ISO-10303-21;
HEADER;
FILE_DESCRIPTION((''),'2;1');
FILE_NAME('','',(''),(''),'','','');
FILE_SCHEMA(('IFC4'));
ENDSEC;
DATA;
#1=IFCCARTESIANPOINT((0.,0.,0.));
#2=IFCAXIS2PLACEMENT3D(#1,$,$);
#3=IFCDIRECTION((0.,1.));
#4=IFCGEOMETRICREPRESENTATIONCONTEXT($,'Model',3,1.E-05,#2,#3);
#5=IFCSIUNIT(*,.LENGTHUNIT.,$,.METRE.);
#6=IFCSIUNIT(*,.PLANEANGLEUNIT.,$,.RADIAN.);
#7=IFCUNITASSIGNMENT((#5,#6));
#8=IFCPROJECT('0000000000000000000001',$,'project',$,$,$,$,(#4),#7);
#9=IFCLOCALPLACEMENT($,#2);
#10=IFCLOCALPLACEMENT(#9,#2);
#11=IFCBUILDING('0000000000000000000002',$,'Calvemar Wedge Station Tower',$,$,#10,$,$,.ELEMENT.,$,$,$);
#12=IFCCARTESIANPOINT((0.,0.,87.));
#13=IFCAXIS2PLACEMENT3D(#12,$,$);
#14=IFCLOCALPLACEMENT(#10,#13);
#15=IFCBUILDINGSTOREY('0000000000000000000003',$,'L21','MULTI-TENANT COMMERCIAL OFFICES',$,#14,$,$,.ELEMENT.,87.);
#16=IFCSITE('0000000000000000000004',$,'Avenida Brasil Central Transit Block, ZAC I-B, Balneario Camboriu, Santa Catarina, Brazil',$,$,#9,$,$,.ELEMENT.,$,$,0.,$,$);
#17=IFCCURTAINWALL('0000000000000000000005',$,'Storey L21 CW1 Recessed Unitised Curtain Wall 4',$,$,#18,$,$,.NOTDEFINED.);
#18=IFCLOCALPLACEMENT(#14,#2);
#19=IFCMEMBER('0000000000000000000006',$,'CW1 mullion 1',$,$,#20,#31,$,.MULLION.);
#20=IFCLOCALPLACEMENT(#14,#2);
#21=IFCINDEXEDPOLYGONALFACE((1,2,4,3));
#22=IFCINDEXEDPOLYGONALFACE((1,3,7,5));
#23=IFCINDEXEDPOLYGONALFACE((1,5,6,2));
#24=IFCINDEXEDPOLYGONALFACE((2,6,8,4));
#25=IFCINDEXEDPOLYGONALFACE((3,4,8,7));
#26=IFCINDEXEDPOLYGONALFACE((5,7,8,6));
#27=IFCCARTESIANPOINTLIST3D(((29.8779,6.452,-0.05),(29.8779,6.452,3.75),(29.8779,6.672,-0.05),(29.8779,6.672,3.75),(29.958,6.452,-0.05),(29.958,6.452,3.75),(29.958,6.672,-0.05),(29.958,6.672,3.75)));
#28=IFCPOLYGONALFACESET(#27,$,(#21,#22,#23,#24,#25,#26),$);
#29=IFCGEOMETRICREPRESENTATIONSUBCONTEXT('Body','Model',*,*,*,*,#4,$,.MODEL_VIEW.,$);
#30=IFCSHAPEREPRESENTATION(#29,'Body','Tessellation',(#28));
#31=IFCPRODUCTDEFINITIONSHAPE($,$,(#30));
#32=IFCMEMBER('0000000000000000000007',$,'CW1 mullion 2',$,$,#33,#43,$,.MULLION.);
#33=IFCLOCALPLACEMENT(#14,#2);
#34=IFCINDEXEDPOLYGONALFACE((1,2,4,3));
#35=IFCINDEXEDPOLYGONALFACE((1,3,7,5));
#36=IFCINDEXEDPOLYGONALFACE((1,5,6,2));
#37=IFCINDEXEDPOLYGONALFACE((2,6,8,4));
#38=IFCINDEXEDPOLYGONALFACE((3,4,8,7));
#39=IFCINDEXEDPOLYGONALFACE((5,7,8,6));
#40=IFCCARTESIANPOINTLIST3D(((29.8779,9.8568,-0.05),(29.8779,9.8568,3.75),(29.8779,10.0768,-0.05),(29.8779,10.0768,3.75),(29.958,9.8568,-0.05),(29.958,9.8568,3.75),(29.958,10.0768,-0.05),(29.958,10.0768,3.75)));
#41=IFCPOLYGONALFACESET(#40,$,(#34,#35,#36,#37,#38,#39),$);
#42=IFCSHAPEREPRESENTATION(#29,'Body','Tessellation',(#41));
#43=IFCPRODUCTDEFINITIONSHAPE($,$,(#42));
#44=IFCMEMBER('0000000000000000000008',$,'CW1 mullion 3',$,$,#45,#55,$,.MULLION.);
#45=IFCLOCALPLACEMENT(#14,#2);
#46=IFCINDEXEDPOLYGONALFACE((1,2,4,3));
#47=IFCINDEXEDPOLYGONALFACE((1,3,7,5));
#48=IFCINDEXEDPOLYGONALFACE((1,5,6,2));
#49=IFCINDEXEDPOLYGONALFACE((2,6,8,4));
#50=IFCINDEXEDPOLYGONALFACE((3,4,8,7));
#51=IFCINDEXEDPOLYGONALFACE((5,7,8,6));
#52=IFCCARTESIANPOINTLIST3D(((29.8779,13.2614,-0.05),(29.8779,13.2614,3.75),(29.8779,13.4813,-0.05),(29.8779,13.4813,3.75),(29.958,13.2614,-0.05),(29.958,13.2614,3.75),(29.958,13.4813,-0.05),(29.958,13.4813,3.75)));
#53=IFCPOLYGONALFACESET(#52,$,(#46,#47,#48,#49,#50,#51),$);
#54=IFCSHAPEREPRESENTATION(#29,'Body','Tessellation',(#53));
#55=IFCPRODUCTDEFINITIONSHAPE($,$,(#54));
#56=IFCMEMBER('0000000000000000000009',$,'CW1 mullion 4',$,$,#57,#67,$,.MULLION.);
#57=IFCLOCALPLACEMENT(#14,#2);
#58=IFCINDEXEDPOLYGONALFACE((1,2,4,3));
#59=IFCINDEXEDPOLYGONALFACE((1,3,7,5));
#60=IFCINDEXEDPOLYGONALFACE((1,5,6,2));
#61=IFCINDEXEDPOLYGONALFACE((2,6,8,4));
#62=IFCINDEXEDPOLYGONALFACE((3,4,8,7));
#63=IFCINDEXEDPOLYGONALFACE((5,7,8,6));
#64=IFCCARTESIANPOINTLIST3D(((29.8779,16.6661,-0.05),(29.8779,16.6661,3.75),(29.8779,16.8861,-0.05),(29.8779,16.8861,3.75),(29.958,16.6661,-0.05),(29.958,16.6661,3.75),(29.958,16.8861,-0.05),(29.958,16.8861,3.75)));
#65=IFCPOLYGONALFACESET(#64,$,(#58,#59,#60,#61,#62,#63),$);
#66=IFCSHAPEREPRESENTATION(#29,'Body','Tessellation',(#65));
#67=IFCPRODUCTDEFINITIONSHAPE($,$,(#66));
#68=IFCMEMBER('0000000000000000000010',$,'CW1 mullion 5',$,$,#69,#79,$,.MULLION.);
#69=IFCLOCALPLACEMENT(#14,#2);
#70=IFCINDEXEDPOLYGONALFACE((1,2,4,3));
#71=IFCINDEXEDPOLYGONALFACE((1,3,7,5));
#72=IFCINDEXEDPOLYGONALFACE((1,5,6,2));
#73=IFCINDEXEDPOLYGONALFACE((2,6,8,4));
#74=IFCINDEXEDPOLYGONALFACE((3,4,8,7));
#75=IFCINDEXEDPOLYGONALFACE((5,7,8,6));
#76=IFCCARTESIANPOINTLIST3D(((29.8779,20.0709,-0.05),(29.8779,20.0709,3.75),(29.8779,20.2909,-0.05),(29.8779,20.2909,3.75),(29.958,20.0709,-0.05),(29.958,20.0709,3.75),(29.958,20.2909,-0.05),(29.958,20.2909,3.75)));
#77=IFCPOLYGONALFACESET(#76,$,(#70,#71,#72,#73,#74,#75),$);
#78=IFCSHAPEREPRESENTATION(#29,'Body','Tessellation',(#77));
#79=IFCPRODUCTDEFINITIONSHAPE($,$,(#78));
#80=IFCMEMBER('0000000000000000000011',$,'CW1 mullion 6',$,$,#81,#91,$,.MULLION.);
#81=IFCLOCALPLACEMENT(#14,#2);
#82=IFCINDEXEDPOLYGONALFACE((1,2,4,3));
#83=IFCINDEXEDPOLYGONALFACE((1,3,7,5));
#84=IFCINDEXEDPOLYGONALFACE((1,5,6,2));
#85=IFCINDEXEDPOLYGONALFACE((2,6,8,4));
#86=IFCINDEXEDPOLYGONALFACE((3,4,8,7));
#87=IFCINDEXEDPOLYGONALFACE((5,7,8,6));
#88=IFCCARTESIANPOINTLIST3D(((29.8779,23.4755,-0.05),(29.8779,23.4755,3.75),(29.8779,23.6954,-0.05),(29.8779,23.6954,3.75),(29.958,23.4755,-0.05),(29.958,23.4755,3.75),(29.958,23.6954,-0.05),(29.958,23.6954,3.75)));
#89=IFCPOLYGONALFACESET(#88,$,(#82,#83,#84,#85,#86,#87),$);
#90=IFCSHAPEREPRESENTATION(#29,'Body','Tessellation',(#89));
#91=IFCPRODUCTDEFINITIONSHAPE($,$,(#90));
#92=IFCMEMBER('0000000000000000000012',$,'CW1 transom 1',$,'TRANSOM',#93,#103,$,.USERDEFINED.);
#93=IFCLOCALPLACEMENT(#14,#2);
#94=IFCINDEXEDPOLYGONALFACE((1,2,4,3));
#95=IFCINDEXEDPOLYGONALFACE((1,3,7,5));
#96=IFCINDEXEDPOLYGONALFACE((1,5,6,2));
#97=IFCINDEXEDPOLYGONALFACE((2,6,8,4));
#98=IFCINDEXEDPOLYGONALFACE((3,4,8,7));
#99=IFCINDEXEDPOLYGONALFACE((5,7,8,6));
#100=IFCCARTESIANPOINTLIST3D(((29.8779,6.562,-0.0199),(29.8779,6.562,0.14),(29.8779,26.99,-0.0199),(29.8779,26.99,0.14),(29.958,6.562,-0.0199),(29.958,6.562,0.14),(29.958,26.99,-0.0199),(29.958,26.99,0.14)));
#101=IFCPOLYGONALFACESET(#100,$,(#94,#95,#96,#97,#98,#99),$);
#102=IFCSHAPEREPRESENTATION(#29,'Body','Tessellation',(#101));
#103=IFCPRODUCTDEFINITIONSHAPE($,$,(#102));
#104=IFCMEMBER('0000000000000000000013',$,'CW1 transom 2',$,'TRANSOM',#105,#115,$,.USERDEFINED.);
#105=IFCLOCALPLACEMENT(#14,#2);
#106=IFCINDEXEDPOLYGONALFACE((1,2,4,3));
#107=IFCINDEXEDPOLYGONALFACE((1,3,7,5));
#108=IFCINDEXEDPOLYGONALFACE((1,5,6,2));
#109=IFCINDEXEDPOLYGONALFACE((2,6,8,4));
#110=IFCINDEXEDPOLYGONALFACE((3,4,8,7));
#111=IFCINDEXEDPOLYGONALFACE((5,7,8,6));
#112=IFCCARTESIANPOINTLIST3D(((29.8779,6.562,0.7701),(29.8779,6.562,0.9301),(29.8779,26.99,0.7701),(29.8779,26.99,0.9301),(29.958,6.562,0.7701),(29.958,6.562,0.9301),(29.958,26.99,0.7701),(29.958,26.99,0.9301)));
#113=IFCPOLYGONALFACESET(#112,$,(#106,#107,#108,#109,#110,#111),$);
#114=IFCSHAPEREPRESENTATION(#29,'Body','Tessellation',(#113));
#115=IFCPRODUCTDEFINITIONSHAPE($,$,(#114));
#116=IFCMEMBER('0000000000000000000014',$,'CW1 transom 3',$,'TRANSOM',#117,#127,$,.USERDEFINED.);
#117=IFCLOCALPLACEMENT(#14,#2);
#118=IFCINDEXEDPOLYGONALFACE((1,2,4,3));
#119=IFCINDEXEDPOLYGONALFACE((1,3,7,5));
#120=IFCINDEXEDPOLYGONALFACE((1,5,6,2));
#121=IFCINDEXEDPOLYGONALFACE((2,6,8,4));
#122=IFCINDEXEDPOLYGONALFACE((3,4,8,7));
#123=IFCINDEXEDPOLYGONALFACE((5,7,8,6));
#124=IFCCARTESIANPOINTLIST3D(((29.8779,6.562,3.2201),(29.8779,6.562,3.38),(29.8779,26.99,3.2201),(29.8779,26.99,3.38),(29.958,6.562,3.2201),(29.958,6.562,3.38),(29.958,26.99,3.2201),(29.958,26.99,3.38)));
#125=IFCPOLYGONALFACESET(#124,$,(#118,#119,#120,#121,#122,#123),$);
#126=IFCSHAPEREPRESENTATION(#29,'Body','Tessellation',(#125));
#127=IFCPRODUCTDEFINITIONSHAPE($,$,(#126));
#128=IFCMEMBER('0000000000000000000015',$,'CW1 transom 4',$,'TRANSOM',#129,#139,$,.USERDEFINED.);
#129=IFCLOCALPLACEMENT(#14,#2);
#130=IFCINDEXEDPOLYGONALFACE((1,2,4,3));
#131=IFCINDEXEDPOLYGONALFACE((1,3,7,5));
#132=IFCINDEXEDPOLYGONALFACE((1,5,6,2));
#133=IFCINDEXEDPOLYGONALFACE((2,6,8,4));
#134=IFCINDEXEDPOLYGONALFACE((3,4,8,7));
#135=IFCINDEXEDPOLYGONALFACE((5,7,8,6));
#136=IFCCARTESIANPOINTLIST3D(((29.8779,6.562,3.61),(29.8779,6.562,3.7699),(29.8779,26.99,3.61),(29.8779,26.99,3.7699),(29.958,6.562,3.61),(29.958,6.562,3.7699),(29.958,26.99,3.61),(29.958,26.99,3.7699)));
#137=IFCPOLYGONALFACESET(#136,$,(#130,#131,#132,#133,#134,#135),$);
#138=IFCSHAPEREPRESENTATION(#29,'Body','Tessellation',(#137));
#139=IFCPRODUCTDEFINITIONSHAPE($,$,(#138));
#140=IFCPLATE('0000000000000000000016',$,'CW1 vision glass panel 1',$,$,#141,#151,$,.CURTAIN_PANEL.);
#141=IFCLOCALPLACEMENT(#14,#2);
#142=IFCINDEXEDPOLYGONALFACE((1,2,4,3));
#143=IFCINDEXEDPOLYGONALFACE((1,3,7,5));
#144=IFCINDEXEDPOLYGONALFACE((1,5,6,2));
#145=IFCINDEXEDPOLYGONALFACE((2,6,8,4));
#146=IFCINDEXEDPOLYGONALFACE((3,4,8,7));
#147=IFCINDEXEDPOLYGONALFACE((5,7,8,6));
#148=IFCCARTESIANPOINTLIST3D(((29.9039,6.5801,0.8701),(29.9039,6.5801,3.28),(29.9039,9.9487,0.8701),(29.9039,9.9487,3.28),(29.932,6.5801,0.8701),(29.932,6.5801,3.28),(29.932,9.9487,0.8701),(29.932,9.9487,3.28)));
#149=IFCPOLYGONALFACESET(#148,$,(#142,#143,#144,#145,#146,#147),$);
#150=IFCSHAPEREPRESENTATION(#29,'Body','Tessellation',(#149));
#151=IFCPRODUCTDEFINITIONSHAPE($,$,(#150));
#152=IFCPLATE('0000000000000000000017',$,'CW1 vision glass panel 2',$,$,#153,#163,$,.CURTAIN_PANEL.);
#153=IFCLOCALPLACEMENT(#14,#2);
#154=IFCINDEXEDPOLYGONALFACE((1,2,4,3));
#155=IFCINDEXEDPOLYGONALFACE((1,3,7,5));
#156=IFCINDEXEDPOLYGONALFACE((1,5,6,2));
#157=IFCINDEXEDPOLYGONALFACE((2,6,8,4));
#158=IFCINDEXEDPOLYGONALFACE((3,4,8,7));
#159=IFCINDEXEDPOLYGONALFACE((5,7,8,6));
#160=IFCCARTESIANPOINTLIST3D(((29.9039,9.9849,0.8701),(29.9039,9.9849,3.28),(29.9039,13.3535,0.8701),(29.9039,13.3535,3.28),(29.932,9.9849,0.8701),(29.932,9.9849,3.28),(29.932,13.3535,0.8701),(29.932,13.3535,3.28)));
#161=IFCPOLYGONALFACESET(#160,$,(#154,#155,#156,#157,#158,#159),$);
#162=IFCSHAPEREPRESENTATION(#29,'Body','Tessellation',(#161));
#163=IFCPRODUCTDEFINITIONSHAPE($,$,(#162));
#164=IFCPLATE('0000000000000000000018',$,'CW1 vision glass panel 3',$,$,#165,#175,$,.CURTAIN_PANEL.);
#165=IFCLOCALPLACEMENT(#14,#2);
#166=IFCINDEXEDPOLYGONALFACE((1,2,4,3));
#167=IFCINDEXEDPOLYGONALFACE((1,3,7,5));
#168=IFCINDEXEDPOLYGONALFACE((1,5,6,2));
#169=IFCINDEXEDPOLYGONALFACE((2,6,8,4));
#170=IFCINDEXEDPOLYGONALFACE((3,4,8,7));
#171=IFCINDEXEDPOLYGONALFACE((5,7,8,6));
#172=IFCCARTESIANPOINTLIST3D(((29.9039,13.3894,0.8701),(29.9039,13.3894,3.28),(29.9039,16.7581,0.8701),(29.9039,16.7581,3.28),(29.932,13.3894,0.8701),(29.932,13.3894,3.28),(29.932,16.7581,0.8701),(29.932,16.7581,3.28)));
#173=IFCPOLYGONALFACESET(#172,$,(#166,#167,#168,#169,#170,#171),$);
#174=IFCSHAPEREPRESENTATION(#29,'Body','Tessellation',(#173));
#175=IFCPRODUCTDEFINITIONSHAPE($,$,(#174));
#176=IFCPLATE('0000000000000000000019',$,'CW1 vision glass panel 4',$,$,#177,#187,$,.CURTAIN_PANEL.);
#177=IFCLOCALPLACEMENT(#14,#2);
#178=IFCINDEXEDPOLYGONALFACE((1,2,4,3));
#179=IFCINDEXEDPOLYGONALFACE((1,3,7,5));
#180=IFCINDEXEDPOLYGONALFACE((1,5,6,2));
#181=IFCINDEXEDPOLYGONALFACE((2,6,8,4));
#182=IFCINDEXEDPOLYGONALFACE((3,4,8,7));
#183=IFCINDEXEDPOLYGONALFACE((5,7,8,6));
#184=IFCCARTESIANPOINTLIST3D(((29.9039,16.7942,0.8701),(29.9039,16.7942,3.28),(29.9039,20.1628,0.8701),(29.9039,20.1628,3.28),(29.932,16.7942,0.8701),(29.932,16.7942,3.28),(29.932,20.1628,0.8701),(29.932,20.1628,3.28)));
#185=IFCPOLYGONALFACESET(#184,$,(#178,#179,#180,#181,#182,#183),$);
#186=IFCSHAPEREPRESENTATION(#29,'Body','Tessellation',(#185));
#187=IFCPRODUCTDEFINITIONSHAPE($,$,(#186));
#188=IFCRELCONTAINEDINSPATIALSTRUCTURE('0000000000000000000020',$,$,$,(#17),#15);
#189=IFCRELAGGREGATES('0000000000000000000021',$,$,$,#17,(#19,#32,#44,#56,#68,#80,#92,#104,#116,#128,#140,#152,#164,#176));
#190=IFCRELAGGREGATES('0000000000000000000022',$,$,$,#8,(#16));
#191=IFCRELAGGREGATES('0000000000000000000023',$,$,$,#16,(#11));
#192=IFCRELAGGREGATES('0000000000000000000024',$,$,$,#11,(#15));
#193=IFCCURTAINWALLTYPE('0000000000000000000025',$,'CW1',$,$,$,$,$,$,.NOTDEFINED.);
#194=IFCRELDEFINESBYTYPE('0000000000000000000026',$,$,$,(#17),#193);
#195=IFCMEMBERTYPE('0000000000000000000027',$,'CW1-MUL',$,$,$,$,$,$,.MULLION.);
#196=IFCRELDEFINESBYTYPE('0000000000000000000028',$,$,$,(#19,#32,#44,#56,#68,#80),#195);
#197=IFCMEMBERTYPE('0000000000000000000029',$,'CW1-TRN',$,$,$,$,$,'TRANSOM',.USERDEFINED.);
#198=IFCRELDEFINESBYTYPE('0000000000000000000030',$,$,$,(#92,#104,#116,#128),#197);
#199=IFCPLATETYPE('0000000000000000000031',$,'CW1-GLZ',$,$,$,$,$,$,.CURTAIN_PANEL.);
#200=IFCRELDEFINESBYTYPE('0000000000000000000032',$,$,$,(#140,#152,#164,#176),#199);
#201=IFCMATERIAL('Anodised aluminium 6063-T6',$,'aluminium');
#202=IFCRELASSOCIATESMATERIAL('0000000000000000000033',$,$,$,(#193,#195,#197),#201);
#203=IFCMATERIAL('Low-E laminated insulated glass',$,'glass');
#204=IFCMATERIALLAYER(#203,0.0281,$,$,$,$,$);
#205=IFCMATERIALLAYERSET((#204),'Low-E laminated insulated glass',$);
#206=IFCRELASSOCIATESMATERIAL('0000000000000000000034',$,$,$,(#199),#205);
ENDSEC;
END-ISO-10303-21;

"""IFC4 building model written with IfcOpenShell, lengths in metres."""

from ifc_helpers import new_model, si_unit, direction, frame, frame_2d, origin, origin_2d, place, context, subcontext, project, spatial, rectangle, extrude, source, transform, mapped, material, layer, layer_set, material_profile, profile_set, type_object, element, aggregate, save


model = new_model("IFC4")

# Units and contexts
model_context = context("Model", 3, precision=1e-05, world=origin(), true_north=direction((0.0, 1.0)))
body_context = subcontext(model_context, "Body", "Model", "MODEL_VIEW")
ifc_project = project(units=[si_unit("LENGTHUNIT", "METRE"), si_unit("PLANEANGLEUNIT", "RADIAN")], contexts=[model_context])

# Site, building, storey
site_placement = place(None, origin())
site = spatial("IfcSite", under=ifc_project, at=site_placement, Name="Avenida Brasil Central Transit Block, ZAC I-B, Balneario Camboriu, Santa Catarina, Brazil", CompositionType="ELEMENT", RefElevation=0.0)
building_placement = place(site_placement, origin())
building = spatial("IfcBuilding", under=site, at=building_placement, Name="Calvemar Wedge Station Tower", CompositionType="ELEMENT")
storey_placement = place(building_placement, frame((0.0, 0.0, 87.0)))
storey = spatial("IfcBuildingStorey", under=building, at=storey_placement, Name="L21", Description="MULTI-TENANT COMMERCIAL OFFICES", CompositionType="ELEMENT", Elevation=87.0)

# Curtain wall, members, plates
ifc_material_1 = material(Name="Anodised aluminium 6063-T6", Category="aluminium")
curtain_wall_type = type_object("IfcCurtainWallType", Name="CW1", PredefinedType="NOTDEFINED", material=ifc_material_1)
curtain_wall_placement = place(storey_placement, origin())
curtain_wall = element("IfcCurtainWall", 1, at=curtain_wall_placement, inside=storey, type_object=curtain_wall_type, Name="Storey L21 CW1 Recessed Unitised Curtain Wall 4", PredefinedType="NOTDEFINED")
ifc_material_profile_1 = material_profile(ifc_material_1, rectangle(XDim=0.0801, YDim=0.22, at=origin_2d()), Name="AL-MUL-80x220")
ifc_profile_set_1 = profile_set([ifc_material_profile_1], Name="Anodised aluminium 6063-T6")
member_type_1 = type_object("IfcMemberType", Name="CW1-MUL", PredefinedType="MULLION", material=ifc_profile_set_1)
shared_shape_1 = source(origin(), body_context, "Body", "SweptSolid", [
    extrude(rectangle(XDim=0.0801, YDim=0.22, at=origin_2d()), origin(), (0.0, 0.0, 1.0), 3.8),
])
member_1_placement = place(storey_placement, frame((29.918, 6.562, -0.05), z_axis=(0.0, 0.0, 1.0), x_axis=(1.0, 0.0, 0.0)))
member_1 = element("IfcMember", 2, at=member_1_placement, type_object=member_type_1, Name="CW1 mullion 1", PredefinedType="MULLION", context=body_context, shape_type="MappedRepresentation", body=[
    mapped(shared_shape_1, transform((0.0, 0.0, 0.0), scale=1.0)),
])
member_2_placement = place(storey_placement, frame((29.918, 9.9668, -0.05), z_axis=(0.0, 0.0, 1.0), x_axis=(1.0, 0.0, 0.0)))
member_2 = element("IfcMember", 3, at=member_2_placement, type_object=member_type_1, Name="CW1 mullion 2", PredefinedType="MULLION", context=body_context, shape_type="MappedRepresentation", body=[
    mapped(shared_shape_1, transform((0.0, 0.0, 0.0), scale=1.0)),
])
member_3_placement = place(storey_placement, frame((29.918, 13.3713, -0.05), z_axis=(0.0, 0.0, 1.0), x_axis=(1.0, 0.0, 0.0)))
member_3 = element("IfcMember", 4, at=member_3_placement, type_object=member_type_1, Name="CW1 mullion 3", PredefinedType="MULLION", context=body_context, shape_type="MappedRepresentation", body=[
    mapped(shared_shape_1, transform((0.0, 0.0, 0.0), scale=1.0)),
])
member_4_placement = place(storey_placement, frame((29.918, 16.7761, -0.05), z_axis=(0.0, 0.0, 1.0), x_axis=(1.0, 0.0, 0.0)))
member_4 = element("IfcMember", 5, at=member_4_placement, type_object=member_type_1, Name="CW1 mullion 4", PredefinedType="MULLION", context=body_context, shape_type="MappedRepresentation", body=[
    mapped(shared_shape_1, transform((0.0, 0.0, 0.0), scale=1.0)),
])
member_5_placement = place(storey_placement, frame((29.918, 20.1809, -0.05), z_axis=(0.0, 0.0, 1.0), x_axis=(1.0, 0.0, 0.0)))
member_5 = element("IfcMember", 6, at=member_5_placement, type_object=member_type_1, Name="CW1 mullion 5", PredefinedType="MULLION", context=body_context, shape_type="MappedRepresentation", body=[
    mapped(shared_shape_1, transform((0.0, 0.0, 0.0), scale=1.0)),
])
member_6_placement = place(storey_placement, frame((29.918, 23.5854, -0.05), z_axis=(0.0, 0.0, 1.0), x_axis=(1.0, 0.0, 0.0)))
member_6 = element("IfcMember", 7, at=member_6_placement, type_object=member_type_1, Name="CW1 mullion 6", PredefinedType="MULLION", context=body_context, shape_type="MappedRepresentation", body=[
    mapped(shared_shape_1, transform((0.0, 0.0, 0.0), scale=1.0)),
])
ifc_material_profile_2 = material_profile(ifc_material_1, rectangle(XDim=0.0801, YDim=0.1599, at=origin_2d()), Name="AL-TRN-80x160")
ifc_profile_set_2 = profile_set([ifc_material_profile_2], Name="Anodised aluminium 6063-T6")
member_type_2 = type_object("IfcMemberType", Name="CW1-TRN", ElementType="TRANSOM", PredefinedType="USERDEFINED", material=ifc_profile_set_2)
shared_shape_2 = source(origin(), body_context, "Body", "SweptSolid", [
    extrude(rectangle(XDim=0.0801, YDim=0.1599, at=origin_2d()), origin(), (0.0, 0.0, 1.0), 20.428),
])
member_7_placement = place(storey_placement, frame((29.918, 6.562, 0.0601), z_axis=(0.0, 1.0, 0.0), x_axis=(-1.0, 0.0, 0.0)))
member_7 = element("IfcMember", 8, at=member_7_placement, type_object=member_type_2, Name="CW1 transom 1", ObjectType="TRANSOM", PredefinedType="USERDEFINED", context=body_context, shape_type="MappedRepresentation", body=[
    mapped(shared_shape_2, transform((0.0, 0.0, 0.0), scale=1.0)),
])
member_8_placement = place(storey_placement, frame((29.918, 6.562, 0.8501), z_axis=(0.0, 1.0, 0.0), x_axis=(-1.0, 0.0, 0.0)))
member_8 = element("IfcMember", 9, at=member_8_placement, type_object=member_type_2, Name="CW1 transom 2", ObjectType="TRANSOM", PredefinedType="USERDEFINED", context=body_context, shape_type="MappedRepresentation", body=[
    mapped(shared_shape_2, transform((0.0, 0.0, 0.0), scale=1.0)),
])
member_9_placement = place(storey_placement, frame((29.918, 6.562, 3.3), z_axis=(0.0, 1.0, 0.0), x_axis=(-1.0, 0.0, 0.0)))
member_9 = element("IfcMember", 10, at=member_9_placement, type_object=member_type_2, Name="CW1 transom 3", ObjectType="TRANSOM", PredefinedType="USERDEFINED", context=body_context, shape_type="MappedRepresentation", body=[
    mapped(shared_shape_2, transform((0.0, 0.0, 0.0), scale=1.0)),
])
member_10_placement = place(storey_placement, frame((29.918, 6.562, 3.6899), z_axis=(0.0, 1.0, 0.0), x_axis=(-1.0, 0.0, 0.0)))
member_10 = element("IfcMember", 11, at=member_10_placement, type_object=member_type_2, Name="CW1 transom 4", ObjectType="TRANSOM", PredefinedType="USERDEFINED", context=body_context, shape_type="MappedRepresentation", body=[
    mapped(shared_shape_2, transform((0.0, 0.0, 0.0), scale=1.0)),
])
ifc_material_2 = material(Name="Low-E laminated insulated glass", Category="glass")
ifc_layer_1 = layer(ifc_material_2, 0.0281)
ifc_layer_set_1 = layer_set([ifc_layer_1], Name="Low-E laminated insulated glass")
plate_type_1 = type_object("IfcPlateType", Name="CW1-GLZ", PredefinedType="CURTAIN_PANEL", material=ifc_layer_set_1)
plate_1_placement = place(storey_placement, frame((29.918, 6.5801, 0.8701), z_axis=(0.0, 0.0, 1.0), x_axis=(0.0, 1.0, 0.0)))
plate_1 = element("IfcPlate", 12, at=plate_1_placement, type_object=plate_type_1, Name="CW1 vision glass panel 1", PredefinedType="CURTAIN_PANEL", context=body_context, shape_type="SweptSolid", body=[
    extrude(rectangle(XDim=3.3687, YDim=0.0281, at=frame_2d((1.6843, 0.0))), origin(), (0.0, 0.0, 1.0), 2.4099),
])
plate_2_placement = place(storey_placement, frame((29.918, 9.9849, 0.8701), z_axis=(0.0, 0.0, 1.0), x_axis=(0.0, 1.0, 0.0)))
plate_2 = element("IfcPlate", 13, at=plate_2_placement, type_object=plate_type_1, Name="CW1 vision glass panel 2", PredefinedType="CURTAIN_PANEL", context=body_context, shape_type="SweptSolid", body=[
    extrude(rectangle(XDim=3.3687, YDim=0.0281, at=frame_2d((1.6843, 0.0))), origin(), (0.0, 0.0, 1.0), 2.4099),
])
plate_3_placement = place(storey_placement, frame((29.918, 13.3894, 0.8701), z_axis=(0.0, 0.0, 1.0), x_axis=(0.0, 1.0, 0.0)))
plate_3 = element("IfcPlate", 14, at=plate_3_placement, type_object=plate_type_1, Name="CW1 vision glass panel 3", PredefinedType="CURTAIN_PANEL", context=body_context, shape_type="SweptSolid", body=[
    extrude(rectangle(XDim=3.3687, YDim=0.0281, at=frame_2d((1.6843, 0.0))), origin(), (0.0, 0.0, 1.0), 2.4099),
])
plate_4_placement = place(storey_placement, frame((29.918, 16.7942, 0.8701), z_axis=(0.0, 0.0, 1.0), x_axis=(0.0, 1.0, 0.0)))
plate_4 = element("IfcPlate", 15, at=plate_4_placement, type_object=plate_type_1, Name="CW1 vision glass panel 4", PredefinedType="CURTAIN_PANEL", context=body_context, shape_type="SweptSolid", body=[
    extrude(rectangle(XDim=3.3687, YDim=0.0281, at=frame_2d((1.6843, 0.0))), origin(), (0.0, 0.0, 1.0), 2.4099),
])
aggregate(curtain_wall, [member_1, member_2, member_3, member_4, member_5, member_6, member_7, member_8, member_9, member_10, plate_1, plate_2, plate_3, plate_4])

save(model, "model.ifc")
